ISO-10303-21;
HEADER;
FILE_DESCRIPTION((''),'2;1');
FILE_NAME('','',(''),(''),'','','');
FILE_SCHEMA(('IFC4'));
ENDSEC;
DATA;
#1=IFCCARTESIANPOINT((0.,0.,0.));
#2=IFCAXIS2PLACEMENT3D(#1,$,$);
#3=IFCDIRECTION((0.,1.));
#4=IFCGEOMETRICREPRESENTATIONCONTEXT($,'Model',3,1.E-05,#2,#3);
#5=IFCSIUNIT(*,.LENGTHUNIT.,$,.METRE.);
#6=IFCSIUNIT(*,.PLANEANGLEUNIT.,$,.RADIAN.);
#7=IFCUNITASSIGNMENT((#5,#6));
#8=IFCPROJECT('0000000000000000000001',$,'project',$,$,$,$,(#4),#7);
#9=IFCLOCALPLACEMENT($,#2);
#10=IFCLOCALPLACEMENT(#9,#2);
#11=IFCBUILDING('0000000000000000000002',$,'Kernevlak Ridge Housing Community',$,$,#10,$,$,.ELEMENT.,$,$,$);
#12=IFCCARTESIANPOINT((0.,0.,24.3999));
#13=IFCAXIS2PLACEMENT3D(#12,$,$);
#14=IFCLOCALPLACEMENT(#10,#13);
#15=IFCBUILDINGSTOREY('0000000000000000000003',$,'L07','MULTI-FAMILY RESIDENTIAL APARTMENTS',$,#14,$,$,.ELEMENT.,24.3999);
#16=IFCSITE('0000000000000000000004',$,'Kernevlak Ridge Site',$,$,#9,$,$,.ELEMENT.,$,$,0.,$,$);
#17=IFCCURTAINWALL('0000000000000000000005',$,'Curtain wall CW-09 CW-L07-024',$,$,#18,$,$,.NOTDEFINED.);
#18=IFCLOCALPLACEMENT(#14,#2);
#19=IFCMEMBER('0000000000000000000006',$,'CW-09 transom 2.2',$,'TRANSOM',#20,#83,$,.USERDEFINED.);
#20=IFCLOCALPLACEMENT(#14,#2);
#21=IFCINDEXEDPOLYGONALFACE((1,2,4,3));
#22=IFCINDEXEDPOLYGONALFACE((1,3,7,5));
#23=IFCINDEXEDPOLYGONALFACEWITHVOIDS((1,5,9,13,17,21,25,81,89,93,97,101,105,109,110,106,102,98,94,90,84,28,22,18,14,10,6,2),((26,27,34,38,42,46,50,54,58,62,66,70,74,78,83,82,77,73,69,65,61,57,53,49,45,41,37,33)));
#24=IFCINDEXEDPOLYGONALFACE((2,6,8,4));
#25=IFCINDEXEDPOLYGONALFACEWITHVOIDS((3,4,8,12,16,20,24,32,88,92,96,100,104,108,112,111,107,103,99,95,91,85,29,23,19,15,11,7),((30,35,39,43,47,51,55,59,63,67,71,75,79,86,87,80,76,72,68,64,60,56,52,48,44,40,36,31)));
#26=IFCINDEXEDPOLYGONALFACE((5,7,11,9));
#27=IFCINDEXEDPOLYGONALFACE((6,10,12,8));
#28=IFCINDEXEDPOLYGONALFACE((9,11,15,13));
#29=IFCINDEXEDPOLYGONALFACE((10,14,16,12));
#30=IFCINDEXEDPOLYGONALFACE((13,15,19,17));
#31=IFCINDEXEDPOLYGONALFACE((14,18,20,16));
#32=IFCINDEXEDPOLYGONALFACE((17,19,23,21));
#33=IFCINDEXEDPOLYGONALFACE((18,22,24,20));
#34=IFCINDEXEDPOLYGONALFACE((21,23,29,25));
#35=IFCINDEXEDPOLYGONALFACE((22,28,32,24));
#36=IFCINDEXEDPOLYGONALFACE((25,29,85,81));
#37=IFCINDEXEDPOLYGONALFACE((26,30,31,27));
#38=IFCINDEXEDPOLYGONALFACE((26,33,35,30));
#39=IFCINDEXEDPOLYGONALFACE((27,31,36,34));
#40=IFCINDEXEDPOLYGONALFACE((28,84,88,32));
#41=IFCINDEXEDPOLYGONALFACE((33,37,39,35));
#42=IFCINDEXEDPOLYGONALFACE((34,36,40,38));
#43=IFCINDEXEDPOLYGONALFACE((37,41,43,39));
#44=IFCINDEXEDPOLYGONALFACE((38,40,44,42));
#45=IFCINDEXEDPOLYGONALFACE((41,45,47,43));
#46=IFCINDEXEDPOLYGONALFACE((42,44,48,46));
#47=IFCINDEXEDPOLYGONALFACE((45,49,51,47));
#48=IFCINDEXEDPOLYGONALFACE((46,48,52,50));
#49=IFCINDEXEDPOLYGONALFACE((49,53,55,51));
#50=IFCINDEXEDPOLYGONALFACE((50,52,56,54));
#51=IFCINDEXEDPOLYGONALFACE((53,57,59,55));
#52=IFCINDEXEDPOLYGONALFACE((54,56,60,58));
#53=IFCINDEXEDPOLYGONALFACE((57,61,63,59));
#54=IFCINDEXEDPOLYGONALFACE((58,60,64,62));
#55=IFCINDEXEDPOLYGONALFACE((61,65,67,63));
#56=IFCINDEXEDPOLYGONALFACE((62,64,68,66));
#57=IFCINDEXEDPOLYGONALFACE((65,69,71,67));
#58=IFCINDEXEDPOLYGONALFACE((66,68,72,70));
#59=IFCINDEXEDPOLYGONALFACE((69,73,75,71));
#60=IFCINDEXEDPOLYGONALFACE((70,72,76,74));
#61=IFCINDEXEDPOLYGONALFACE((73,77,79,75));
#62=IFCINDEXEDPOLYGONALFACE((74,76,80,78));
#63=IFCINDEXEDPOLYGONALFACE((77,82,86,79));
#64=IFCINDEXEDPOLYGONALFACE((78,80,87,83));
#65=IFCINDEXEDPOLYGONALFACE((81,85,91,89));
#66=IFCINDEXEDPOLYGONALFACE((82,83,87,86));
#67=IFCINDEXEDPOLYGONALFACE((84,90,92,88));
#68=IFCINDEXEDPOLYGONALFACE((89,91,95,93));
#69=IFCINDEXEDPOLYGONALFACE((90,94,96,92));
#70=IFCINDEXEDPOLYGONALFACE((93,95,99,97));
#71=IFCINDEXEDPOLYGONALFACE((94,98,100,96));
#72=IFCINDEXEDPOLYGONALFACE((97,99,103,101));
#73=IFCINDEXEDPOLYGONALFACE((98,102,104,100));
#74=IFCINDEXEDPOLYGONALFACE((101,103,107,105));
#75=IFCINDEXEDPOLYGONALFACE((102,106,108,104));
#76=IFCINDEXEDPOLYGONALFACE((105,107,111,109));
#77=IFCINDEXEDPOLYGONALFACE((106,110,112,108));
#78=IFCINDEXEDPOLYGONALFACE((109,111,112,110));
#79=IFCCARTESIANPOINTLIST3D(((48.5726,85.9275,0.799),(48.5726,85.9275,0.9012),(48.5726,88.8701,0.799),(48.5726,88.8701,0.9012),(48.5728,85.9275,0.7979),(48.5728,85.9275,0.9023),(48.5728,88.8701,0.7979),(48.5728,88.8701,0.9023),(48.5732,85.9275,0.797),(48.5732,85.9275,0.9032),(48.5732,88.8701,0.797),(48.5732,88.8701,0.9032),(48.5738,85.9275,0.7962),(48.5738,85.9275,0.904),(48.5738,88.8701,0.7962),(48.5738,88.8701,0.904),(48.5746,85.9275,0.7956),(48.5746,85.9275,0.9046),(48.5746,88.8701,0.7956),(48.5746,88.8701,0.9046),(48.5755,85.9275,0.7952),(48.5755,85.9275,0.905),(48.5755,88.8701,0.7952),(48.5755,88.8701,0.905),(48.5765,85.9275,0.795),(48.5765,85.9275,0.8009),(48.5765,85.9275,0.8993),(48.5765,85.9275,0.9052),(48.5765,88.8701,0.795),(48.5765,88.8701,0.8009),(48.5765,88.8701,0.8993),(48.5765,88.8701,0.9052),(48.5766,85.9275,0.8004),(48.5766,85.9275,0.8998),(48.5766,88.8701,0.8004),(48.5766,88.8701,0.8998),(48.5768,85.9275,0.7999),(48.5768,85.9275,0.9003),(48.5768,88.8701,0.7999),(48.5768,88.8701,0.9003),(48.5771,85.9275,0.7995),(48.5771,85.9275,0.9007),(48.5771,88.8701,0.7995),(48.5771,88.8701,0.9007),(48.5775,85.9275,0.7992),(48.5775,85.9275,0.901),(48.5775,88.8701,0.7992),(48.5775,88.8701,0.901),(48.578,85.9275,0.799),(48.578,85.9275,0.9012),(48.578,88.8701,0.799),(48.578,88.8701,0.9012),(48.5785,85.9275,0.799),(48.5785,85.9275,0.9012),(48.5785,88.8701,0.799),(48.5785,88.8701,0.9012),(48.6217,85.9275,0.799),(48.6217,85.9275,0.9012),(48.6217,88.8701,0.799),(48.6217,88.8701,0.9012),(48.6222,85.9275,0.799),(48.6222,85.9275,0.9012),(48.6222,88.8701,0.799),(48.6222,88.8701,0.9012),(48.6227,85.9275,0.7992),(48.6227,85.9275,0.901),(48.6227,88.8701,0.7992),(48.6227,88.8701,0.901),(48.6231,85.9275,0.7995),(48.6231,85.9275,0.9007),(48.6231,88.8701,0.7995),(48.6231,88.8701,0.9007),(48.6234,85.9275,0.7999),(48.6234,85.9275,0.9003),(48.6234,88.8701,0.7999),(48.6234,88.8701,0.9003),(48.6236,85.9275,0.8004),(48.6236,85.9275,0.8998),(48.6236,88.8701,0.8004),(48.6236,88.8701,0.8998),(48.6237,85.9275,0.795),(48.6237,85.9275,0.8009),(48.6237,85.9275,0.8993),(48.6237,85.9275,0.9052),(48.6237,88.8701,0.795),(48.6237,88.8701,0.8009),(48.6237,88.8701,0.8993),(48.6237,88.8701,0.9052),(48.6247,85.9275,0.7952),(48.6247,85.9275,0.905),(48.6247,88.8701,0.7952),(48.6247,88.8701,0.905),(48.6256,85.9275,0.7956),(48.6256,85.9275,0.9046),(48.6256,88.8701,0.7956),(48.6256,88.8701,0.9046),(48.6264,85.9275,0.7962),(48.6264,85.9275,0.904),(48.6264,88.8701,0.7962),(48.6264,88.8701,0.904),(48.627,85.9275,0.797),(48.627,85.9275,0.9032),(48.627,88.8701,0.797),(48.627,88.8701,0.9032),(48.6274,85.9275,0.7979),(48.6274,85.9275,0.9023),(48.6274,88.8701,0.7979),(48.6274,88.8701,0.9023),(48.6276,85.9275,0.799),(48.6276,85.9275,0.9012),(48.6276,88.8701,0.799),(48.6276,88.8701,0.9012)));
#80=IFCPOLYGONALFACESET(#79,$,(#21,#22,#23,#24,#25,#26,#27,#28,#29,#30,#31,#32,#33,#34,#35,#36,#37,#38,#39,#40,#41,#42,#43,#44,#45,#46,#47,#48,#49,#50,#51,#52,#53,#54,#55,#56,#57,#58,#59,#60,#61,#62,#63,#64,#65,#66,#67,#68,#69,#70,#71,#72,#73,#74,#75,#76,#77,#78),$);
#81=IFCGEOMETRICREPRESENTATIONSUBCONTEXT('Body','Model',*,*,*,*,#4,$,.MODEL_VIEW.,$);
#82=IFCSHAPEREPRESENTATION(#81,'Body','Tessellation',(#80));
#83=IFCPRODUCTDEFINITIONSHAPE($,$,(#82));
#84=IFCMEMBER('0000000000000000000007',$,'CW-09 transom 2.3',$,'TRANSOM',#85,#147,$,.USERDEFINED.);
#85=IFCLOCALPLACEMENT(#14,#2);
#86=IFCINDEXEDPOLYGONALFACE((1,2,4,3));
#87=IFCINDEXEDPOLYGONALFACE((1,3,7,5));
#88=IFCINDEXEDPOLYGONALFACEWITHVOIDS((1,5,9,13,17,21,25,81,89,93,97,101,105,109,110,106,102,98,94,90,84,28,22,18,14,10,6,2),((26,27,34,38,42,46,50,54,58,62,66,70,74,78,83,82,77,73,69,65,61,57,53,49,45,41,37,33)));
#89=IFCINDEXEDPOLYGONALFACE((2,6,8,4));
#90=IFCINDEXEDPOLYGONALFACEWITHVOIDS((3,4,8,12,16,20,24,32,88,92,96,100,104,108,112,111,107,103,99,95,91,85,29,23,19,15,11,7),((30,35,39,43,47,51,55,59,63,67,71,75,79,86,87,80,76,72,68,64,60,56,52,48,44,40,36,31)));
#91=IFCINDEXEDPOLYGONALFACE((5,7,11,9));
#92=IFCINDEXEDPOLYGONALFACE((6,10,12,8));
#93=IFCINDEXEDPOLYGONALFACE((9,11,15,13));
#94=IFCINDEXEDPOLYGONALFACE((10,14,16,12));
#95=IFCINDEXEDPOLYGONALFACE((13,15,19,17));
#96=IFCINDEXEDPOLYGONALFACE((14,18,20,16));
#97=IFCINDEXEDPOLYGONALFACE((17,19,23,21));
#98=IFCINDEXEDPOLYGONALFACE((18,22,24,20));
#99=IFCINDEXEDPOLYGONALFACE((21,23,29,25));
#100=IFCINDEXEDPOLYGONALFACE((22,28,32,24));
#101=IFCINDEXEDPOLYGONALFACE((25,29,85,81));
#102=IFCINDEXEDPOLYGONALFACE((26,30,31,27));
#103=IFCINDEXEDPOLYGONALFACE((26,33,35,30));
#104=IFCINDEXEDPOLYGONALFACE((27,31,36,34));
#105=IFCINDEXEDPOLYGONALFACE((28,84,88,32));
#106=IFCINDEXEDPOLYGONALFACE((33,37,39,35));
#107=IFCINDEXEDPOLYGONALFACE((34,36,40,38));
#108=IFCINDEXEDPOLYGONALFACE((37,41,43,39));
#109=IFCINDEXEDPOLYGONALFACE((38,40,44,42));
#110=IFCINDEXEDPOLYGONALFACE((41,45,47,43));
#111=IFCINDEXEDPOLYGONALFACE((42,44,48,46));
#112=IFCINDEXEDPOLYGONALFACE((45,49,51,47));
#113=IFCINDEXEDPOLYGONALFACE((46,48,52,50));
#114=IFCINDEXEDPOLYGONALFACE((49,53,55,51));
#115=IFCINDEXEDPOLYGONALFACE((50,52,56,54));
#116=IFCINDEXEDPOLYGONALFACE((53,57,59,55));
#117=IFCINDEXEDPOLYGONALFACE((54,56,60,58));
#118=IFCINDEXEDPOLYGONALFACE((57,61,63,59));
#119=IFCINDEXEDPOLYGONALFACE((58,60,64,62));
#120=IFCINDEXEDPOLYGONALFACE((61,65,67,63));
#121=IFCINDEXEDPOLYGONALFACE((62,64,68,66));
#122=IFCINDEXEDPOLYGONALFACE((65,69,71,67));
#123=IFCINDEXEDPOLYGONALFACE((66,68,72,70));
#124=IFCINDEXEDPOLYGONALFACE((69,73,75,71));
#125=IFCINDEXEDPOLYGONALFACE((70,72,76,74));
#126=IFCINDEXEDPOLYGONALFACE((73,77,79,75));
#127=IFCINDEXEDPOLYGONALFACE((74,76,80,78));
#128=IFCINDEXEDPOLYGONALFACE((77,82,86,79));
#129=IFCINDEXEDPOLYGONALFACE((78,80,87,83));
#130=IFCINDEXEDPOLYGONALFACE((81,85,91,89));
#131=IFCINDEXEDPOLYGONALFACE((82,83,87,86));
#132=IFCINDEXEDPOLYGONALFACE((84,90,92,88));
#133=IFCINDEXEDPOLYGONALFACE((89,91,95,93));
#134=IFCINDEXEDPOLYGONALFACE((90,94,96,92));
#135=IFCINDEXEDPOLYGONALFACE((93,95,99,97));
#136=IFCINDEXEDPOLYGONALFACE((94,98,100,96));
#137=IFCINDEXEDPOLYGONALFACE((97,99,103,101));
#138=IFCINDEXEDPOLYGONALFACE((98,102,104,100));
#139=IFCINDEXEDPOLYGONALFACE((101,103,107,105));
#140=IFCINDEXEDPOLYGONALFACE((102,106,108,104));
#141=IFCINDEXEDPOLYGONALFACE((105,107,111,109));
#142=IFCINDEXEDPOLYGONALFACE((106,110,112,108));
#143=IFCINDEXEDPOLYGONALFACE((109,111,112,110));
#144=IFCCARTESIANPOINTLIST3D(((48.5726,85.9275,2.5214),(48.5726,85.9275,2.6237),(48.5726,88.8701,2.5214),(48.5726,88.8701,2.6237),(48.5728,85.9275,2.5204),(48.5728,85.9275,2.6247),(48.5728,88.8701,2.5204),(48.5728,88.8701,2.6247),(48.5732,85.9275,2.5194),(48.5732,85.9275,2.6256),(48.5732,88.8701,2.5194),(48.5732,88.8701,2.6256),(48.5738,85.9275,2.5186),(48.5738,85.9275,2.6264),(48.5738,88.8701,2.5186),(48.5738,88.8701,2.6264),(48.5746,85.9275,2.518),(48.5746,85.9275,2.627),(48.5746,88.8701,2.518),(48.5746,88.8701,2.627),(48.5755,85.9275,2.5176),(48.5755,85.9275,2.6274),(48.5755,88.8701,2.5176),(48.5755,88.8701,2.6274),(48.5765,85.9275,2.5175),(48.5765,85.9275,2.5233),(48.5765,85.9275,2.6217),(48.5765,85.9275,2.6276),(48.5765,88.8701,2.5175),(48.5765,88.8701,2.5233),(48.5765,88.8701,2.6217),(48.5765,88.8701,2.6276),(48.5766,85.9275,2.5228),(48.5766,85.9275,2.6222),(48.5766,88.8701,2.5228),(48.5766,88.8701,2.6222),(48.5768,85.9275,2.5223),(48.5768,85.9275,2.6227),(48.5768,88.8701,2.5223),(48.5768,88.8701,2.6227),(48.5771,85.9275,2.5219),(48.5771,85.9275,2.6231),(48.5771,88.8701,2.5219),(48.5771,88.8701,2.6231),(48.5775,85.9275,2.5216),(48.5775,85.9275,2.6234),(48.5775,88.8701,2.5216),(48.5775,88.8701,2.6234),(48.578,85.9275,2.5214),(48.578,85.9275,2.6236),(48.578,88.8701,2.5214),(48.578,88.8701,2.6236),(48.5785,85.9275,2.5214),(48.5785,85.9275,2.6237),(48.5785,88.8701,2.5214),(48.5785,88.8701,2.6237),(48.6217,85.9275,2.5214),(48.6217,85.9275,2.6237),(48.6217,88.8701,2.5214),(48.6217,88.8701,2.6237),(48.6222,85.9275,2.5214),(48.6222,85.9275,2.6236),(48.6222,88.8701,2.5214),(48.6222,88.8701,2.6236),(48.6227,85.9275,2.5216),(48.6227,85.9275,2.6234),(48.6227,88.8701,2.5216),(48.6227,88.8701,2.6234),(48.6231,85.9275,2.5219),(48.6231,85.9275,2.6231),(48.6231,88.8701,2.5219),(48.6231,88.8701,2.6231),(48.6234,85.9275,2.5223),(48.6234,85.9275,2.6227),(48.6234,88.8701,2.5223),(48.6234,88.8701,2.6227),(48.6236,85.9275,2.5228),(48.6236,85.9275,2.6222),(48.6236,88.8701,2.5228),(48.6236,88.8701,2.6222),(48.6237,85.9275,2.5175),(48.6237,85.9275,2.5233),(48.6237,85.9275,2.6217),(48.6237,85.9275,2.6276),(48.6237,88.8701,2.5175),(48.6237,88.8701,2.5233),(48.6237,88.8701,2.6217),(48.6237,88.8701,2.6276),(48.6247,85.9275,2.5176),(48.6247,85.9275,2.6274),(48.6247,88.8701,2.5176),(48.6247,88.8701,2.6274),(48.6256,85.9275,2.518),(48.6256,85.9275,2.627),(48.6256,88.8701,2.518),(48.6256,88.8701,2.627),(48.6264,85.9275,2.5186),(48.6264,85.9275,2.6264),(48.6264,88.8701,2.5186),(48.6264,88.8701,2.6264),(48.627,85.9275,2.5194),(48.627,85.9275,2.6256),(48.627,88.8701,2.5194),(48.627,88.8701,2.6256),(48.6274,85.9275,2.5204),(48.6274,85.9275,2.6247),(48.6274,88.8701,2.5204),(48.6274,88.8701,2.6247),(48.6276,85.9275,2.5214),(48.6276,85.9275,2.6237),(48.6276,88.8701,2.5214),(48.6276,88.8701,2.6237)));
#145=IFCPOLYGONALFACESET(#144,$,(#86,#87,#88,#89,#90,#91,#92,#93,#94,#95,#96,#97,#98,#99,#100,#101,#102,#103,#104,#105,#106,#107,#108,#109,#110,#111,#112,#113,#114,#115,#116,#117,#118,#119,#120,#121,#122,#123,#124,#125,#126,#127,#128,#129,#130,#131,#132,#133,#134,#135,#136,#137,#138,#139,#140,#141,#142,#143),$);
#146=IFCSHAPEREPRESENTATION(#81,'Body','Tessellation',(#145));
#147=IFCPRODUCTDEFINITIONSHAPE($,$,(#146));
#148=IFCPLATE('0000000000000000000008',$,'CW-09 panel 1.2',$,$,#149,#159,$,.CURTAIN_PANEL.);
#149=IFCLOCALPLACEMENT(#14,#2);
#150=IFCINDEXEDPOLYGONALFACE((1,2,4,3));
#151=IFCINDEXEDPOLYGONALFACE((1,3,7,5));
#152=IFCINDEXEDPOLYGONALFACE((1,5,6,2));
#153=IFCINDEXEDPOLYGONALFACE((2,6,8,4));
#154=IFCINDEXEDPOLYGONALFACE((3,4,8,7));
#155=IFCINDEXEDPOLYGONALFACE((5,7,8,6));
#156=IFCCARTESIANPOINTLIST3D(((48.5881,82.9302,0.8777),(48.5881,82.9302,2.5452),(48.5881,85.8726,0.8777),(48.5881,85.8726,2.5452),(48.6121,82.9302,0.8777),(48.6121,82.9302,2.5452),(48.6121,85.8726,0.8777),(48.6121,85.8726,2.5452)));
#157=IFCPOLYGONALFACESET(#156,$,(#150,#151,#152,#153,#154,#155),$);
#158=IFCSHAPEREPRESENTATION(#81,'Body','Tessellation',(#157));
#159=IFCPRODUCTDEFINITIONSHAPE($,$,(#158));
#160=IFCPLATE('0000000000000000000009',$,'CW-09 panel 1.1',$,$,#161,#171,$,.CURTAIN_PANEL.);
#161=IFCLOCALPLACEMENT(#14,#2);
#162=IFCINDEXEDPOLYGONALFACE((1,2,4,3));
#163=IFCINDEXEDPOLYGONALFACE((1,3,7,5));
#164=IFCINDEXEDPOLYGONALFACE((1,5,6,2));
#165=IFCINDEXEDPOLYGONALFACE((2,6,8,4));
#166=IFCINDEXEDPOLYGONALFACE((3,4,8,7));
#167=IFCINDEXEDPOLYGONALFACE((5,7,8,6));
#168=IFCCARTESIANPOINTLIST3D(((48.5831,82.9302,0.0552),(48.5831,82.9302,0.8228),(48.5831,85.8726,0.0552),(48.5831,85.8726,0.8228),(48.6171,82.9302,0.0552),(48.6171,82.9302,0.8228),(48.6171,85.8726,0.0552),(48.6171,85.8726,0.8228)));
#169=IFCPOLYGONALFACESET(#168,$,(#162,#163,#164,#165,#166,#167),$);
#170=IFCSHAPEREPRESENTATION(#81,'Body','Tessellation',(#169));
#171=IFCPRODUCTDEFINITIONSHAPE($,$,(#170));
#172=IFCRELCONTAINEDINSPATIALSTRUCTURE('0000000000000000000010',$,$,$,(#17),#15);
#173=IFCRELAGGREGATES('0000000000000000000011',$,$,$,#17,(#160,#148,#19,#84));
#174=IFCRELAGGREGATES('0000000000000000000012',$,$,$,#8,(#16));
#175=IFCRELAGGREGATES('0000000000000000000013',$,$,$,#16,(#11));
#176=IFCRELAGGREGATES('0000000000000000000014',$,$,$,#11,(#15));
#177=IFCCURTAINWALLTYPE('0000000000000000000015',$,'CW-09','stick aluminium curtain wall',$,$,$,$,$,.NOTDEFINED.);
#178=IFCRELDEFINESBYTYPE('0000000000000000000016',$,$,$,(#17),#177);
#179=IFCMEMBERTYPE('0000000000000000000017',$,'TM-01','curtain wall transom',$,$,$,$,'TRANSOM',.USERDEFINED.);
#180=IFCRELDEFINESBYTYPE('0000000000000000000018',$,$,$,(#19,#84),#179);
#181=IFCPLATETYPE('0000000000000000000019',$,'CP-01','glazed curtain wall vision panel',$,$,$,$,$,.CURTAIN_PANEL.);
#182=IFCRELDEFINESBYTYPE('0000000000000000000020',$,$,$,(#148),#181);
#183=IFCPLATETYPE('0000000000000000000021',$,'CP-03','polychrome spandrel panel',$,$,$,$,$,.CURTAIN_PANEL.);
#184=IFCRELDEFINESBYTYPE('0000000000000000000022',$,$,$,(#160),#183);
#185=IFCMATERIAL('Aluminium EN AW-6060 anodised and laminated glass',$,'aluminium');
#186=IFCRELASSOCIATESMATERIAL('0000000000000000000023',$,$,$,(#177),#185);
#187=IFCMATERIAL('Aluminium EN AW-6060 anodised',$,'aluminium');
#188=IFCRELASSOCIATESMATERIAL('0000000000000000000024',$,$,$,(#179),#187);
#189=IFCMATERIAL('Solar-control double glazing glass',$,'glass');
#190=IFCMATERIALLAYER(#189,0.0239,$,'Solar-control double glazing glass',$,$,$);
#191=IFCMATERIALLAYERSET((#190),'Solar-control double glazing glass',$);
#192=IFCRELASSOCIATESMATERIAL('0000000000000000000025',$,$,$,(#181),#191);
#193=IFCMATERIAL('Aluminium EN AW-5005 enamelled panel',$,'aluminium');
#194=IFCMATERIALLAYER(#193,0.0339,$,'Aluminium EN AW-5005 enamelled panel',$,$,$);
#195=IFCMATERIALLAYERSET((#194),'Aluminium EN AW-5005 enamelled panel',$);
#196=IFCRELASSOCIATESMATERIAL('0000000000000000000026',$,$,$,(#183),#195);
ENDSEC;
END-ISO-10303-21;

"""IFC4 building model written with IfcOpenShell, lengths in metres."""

from ifc_helpers import new_model, si_unit, direction, frame, origin, origin_2d, place, context, subcontext, project, spatial, rectangle, hollow_rectangle, extrude, material, layer, layer_set, material_profile, profile_set, type_object, element, aggregate, save


model = new_model("IFC4")

# Units and contexts
model_context = context("Model", 3, precision=1e-05, world=origin(), true_north=direction((0.0, 1.0)))
body_context = subcontext(model_context, "Body", "Model", "MODEL_VIEW")
ifc_project = project(units=[si_unit("LENGTHUNIT", "METRE"), si_unit("PLANEANGLEUNIT", "RADIAN")], contexts=[model_context])

# Site, building, storey
site_placement = place(None, origin())
site = spatial("IfcSite", under=ifc_project, at=site_placement, Name="Kernevlak Ridge Site", CompositionType="ELEMENT", RefElevation=0.0)
building_placement = place(site_placement, origin())
building = spatial("IfcBuilding", under=site, at=building_placement, Name="Kernevlak Ridge Housing Community", CompositionType="ELEMENT")
storey_placement = place(building_placement, frame((0.0, 0.0, 24.3999)))
storey = spatial("IfcBuildingStorey", under=building, at=storey_placement, Name="L07", Description="MULTI-FAMILY RESIDENTIAL APARTMENTS", CompositionType="ELEMENT", Elevation=24.3999)

# Curtain wall, members, plates
ifc_material_1 = material(Name="Aluminium EN AW-6060 anodised and laminated glass", Category="aluminium")
curtain_wall_type = type_object("IfcCurtainWallType", Name="CW-09", Description="stick aluminium curtain wall", PredefinedType="NOTDEFINED", material=ifc_material_1)
curtain_wall_placement = place(storey_placement, origin())
curtain_wall = element("IfcCurtainWall", 1, at=curtain_wall_placement, inside=storey, type_object=curtain_wall_type, Name="Curtain wall CW-09 CW-L07-024", PredefinedType="NOTDEFINED")
ifc_material_2 = material(Name="Aluminium EN AW-6060 anodised", Category="aluminium")
ifc_material_profile_1 = material_profile(ifc_material_2, hollow_rectangle(XDim=0.0549, YDim=0.1101, WallThickness=0.0039, InnerFilletRadius=0.002, OuterFilletRadius=0.0039, at=origin_2d()), Name="ALU 55x110x4")
ifc_profile_set_1 = profile_set([ifc_material_profile_1], Name="Aluminium EN AW-6060 anodised")
member_type = type_object("IfcMemberType", Name="TM-01", Description="curtain wall transom", ElementType="TRANSOM", PredefinedType="USERDEFINED", material=ifc_profile_set_1)
member_1_placement = place(storey_placement, frame((48.6001, 85.9275, 0.8501), z_axis=(0.0, 1.0, 0.0), x_axis=(-1.0, 0.0, 0.0)))
member_1 = element("IfcMember", 2, at=member_1_placement, type_object=member_type, Name="CW-09 transom 2.2", ObjectType="TRANSOM", PredefinedType="USERDEFINED", context=body_context, shape_type="SweptSolid", body=[
    extrude(hollow_rectangle(XDim=0.0549, YDim=0.1101, WallThickness=0.0039, InnerFilletRadius=0.002, OuterFilletRadius=0.0039, at=origin_2d()), origin(), (0.0, 0.0, 1.0), 2.9426),
])
member_2_placement = place(storey_placement, frame((48.6001, 85.9275, 2.5725), z_axis=(0.0, 1.0, 0.0), x_axis=(-1.0, 0.0, 0.0)))
member_2 = element("IfcMember", 3, at=member_2_placement, type_object=member_type, Name="CW-09 transom 2.3", ObjectType="TRANSOM", PredefinedType="USERDEFINED", context=body_context, shape_type="SweptSolid", body=[
    extrude(hollow_rectangle(XDim=0.0549, YDim=0.1101, WallThickness=0.0039, InnerFilletRadius=0.002, OuterFilletRadius=0.0039, at=origin_2d()), origin(), (0.0, 0.0, 1.0), 2.9426),
])
ifc_material_3 = material(Name="Solar-control double glazing glass", Category="glass")
ifc_layer_1 = layer(ifc_material_3, 0.0239, Name="Solar-control double glazing glass")
ifc_layer_set_1 = layer_set([ifc_layer_1], Name="Solar-control double glazing glass")
plate_type_1 = type_object("IfcPlateType", Name="CP-01", Description="glazed curtain wall vision panel", PredefinedType="CURTAIN_PANEL", material=ifc_layer_set_1)
plate_1_placement = place(storey_placement, frame((48.6001, 84.4014, 0.8777), z_axis=(0.0, 0.0, 1.0), x_axis=(0.0, 1.0, 0.0)))
plate_1 = element("IfcPlate", 4, at=plate_1_placement, type_object=plate_type_1, Name="CW-09 panel 1.2", PredefinedType="CURTAIN_PANEL", context=body_context, shape_type="SweptSolid", body=[
    extrude(rectangle(XDim=2.9424, YDim=0.0239, at=origin_2d()), origin(), (0.0, 0.0, 1.0), 1.6675),
])
ifc_material_4 = material(Name="Aluminium EN AW-5005 enamelled panel", Category="aluminium")
ifc_layer_2 = layer(ifc_material_4, 0.0339, Name="Aluminium EN AW-5005 enamelled panel")
ifc_layer_set_2 = layer_set([ifc_layer_2], Name="Aluminium EN AW-5005 enamelled panel")
plate_type_2 = type_object("IfcPlateType", Name="CP-03", Description="polychrome spandrel panel", PredefinedType="CURTAIN_PANEL", material=ifc_layer_set_2)
plate_2_placement = place(storey_placement, frame((48.6001, 84.4014, 0.0552), z_axis=(0.0, 0.0, 1.0), x_axis=(0.0, 1.0, 0.0)))
plate_2 = element("IfcPlate", 5, at=plate_2_placement, type_object=plate_type_2, Name="CW-09 panel 1.1", PredefinedType="CURTAIN_PANEL", context=body_context, shape_type="SweptSolid", body=[
    extrude(rectangle(XDim=2.9424, YDim=0.0339, at=origin_2d()), origin(), (0.0, 0.0, 1.0), 0.7676),
])
aggregate(curtain_wall, [plate_2, plate_1, member_1, member_2])

save(model, "model.ifc")
